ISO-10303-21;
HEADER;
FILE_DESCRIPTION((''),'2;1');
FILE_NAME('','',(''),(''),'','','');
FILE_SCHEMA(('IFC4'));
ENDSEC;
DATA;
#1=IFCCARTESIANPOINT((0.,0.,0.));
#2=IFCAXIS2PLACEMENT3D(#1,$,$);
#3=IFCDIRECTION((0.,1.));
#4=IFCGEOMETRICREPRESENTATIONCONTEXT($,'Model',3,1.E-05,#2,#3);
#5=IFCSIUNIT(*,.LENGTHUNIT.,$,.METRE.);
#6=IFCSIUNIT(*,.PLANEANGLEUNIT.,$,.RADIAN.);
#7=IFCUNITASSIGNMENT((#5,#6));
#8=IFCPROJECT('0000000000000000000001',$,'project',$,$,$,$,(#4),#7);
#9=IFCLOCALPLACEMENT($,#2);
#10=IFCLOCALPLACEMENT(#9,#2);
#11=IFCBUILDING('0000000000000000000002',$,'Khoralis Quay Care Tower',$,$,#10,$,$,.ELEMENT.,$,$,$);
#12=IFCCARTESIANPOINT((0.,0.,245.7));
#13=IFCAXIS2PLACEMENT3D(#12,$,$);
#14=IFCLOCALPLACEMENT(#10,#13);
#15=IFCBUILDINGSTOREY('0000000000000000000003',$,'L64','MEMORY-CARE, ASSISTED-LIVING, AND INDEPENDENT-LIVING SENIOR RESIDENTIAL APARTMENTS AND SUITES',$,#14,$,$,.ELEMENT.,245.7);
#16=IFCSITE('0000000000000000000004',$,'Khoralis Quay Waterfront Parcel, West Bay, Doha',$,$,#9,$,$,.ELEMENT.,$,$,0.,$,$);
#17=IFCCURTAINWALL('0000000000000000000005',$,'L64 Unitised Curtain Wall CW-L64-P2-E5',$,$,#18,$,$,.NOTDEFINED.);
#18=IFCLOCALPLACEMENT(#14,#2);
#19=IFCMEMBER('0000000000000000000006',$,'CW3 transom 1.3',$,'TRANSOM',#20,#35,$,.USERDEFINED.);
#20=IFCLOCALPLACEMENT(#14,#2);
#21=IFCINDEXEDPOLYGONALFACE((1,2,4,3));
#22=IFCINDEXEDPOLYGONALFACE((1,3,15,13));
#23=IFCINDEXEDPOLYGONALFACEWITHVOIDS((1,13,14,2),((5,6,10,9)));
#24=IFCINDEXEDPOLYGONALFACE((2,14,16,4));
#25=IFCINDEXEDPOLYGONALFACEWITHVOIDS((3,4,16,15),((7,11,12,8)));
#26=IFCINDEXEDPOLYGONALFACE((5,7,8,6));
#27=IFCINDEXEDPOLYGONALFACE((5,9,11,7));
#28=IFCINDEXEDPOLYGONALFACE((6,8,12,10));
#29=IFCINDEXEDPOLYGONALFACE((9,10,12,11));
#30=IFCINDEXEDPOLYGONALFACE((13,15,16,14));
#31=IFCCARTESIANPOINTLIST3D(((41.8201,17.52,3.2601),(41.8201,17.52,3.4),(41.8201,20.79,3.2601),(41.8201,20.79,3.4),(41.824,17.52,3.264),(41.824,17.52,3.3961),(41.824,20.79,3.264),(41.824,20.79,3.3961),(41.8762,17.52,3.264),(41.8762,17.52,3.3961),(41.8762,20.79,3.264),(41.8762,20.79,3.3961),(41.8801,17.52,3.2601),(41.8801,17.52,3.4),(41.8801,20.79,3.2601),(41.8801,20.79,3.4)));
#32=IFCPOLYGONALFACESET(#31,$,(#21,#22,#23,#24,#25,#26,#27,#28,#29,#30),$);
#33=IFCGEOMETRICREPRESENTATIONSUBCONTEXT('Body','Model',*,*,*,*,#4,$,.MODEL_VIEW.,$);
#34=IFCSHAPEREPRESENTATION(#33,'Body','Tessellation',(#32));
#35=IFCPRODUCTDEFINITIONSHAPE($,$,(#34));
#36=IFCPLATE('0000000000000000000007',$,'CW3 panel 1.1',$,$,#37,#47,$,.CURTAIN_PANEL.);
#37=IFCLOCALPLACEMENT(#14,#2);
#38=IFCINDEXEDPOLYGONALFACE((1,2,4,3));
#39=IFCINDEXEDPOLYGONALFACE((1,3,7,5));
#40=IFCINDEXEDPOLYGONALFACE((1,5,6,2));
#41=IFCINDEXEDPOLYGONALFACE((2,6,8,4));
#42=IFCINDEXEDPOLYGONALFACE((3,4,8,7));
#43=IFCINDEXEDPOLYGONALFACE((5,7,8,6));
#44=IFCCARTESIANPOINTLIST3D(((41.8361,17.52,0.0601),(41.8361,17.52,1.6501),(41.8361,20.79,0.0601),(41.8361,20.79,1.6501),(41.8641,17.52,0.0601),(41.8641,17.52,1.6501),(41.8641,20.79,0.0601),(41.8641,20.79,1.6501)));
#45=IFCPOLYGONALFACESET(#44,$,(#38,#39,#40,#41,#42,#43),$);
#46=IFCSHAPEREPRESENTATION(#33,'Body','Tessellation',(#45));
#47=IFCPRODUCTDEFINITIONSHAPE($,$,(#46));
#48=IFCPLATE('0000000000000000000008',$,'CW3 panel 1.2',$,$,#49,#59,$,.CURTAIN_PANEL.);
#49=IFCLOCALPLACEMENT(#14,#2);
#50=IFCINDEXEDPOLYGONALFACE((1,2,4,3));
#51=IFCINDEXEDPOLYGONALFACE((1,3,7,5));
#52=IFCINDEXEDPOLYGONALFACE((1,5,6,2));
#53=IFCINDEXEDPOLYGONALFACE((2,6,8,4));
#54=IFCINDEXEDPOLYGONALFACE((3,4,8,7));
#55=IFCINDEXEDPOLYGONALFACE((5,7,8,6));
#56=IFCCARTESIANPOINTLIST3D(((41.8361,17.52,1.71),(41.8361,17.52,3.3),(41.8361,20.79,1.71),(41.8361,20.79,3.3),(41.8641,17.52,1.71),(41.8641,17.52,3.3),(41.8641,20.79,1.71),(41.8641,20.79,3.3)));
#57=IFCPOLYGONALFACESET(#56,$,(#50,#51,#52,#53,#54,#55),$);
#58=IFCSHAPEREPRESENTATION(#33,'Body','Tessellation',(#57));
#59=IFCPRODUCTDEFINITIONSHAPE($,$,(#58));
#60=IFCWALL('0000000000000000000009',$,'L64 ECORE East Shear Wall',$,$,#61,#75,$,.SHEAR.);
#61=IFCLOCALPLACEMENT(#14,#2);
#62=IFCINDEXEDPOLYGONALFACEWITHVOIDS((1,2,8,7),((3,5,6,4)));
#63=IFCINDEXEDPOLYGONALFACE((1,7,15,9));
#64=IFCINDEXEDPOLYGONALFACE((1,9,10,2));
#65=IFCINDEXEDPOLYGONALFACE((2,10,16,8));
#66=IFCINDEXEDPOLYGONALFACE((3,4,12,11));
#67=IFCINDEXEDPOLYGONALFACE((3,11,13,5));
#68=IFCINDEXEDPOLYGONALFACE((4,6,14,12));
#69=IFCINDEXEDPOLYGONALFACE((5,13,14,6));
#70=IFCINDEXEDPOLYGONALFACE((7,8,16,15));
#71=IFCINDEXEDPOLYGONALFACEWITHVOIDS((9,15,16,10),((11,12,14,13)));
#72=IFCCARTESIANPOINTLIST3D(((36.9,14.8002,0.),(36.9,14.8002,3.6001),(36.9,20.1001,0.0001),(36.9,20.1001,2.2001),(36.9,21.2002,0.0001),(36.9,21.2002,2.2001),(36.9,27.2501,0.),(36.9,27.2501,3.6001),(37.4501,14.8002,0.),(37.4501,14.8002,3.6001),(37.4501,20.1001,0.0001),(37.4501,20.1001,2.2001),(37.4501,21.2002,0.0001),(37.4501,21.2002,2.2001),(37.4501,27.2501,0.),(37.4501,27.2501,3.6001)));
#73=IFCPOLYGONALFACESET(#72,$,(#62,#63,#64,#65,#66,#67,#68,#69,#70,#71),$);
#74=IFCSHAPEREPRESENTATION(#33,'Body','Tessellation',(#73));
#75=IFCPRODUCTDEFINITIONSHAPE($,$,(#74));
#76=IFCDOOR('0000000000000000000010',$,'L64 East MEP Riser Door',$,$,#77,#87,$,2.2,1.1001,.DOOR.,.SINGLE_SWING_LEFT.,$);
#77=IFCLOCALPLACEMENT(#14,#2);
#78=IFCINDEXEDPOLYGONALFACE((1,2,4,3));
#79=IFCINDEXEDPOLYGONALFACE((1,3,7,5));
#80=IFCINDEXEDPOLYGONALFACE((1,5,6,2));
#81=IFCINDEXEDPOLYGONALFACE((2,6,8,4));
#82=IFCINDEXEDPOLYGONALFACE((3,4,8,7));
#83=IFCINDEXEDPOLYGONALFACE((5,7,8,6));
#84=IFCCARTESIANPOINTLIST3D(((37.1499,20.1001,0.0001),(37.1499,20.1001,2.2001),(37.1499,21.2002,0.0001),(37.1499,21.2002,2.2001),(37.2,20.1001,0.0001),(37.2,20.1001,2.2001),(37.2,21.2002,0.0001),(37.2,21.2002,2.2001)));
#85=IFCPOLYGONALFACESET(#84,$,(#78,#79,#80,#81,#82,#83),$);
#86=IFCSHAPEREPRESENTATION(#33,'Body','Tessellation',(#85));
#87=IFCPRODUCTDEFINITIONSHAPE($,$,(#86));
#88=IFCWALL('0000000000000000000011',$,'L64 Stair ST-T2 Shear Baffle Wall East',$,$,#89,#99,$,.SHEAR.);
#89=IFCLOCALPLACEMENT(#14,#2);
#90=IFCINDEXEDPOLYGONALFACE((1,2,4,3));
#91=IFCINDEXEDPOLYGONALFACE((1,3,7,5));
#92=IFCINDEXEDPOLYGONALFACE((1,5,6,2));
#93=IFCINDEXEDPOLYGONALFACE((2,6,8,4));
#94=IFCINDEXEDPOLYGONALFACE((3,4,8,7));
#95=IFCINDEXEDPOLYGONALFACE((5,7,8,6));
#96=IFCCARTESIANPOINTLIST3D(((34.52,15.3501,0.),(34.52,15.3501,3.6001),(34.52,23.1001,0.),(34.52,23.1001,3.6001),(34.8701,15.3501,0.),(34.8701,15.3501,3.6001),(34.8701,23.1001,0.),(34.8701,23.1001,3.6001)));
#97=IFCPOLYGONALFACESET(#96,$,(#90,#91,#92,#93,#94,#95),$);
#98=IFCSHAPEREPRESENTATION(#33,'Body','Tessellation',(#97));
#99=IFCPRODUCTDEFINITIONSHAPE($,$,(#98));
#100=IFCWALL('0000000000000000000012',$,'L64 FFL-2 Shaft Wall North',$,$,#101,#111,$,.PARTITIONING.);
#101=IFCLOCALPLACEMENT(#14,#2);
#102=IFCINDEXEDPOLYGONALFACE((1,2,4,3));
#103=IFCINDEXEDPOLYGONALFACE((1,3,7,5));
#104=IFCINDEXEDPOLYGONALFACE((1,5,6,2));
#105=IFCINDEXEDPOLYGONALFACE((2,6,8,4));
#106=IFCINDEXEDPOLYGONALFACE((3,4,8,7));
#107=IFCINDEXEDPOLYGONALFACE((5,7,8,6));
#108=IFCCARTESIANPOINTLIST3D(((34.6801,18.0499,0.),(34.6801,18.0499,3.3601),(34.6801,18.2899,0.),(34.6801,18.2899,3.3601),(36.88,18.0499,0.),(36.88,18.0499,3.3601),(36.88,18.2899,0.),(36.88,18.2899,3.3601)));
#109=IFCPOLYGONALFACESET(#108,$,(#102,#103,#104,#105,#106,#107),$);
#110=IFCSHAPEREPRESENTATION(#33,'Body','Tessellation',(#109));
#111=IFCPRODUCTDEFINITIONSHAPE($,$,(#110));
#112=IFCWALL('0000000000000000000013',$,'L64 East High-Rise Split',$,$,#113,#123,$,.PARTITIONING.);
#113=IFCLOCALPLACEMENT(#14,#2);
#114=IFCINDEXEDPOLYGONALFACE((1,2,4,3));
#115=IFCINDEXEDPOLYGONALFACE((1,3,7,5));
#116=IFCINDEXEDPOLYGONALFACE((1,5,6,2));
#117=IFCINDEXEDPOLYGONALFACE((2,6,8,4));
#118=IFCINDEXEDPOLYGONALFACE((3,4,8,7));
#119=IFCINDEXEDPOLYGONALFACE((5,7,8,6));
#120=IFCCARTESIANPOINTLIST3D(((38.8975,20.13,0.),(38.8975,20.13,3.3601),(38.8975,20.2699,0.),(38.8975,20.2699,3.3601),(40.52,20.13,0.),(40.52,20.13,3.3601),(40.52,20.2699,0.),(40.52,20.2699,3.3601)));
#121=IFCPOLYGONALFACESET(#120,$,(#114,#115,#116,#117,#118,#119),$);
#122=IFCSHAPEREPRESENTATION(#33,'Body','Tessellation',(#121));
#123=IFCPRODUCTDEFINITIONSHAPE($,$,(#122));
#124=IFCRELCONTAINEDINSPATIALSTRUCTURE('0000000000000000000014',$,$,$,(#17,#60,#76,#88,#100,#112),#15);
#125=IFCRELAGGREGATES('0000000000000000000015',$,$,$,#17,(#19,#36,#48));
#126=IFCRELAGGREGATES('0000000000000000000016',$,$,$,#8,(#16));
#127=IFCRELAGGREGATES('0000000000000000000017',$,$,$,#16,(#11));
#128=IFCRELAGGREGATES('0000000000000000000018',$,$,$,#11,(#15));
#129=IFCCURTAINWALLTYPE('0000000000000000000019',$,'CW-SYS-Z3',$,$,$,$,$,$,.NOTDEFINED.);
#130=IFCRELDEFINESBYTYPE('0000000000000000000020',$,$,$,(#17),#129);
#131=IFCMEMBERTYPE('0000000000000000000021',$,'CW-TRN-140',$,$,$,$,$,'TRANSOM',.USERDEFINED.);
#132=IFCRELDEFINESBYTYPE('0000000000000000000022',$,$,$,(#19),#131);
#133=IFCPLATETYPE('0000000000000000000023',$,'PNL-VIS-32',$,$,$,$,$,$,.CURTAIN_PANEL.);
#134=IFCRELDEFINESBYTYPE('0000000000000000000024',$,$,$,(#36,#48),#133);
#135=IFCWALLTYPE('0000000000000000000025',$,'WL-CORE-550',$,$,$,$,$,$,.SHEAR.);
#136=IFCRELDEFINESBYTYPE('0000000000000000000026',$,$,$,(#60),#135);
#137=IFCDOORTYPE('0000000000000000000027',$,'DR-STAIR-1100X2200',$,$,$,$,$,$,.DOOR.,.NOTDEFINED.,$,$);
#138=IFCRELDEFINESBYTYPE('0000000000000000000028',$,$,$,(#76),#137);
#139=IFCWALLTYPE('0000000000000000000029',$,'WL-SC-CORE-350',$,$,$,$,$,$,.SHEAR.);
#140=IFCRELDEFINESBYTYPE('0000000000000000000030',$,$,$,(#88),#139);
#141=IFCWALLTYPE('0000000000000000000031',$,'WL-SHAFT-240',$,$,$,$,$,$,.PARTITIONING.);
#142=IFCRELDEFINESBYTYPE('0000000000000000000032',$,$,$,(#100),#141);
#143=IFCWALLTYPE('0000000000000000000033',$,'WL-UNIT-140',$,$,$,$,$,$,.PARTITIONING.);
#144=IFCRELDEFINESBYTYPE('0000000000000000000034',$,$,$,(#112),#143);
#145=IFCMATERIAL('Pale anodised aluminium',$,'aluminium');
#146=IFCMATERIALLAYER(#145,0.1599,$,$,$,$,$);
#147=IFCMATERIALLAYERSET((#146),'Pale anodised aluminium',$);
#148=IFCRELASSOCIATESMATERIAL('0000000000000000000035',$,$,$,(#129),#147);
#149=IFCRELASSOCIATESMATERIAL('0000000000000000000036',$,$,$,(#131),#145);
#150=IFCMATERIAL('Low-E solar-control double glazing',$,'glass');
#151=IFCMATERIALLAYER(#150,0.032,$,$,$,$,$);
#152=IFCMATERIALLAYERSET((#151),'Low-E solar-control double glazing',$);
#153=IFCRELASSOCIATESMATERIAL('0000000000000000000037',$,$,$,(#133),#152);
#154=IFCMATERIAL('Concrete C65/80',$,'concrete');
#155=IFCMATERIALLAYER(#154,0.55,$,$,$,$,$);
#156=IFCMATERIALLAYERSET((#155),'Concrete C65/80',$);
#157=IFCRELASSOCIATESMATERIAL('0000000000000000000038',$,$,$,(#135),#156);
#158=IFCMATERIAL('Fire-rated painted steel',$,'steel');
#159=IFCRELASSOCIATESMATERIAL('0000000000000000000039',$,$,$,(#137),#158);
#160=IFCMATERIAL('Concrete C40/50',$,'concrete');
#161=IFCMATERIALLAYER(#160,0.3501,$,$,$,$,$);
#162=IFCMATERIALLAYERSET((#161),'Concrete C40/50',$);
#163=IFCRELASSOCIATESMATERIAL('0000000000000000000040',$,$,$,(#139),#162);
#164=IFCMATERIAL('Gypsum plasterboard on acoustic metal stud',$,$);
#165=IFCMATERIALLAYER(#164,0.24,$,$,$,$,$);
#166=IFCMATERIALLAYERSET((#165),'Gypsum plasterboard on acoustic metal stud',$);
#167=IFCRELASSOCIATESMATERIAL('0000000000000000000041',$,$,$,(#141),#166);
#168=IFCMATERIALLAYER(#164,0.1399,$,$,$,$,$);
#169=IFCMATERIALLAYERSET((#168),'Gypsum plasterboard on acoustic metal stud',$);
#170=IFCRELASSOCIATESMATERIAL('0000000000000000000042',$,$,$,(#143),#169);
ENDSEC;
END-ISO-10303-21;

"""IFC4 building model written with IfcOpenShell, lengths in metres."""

from ifc_helpers import new_model, si_unit, direction, frame, frame_2d, origin, origin_2d, place, context, subcontext, project, spatial, rectangle, hollow_rectangle, extrude, source, transform, mapped, material, layer, layer_set, material_profile, profile_set, type_object, element, fill, aggregate, save


model = new_model("IFC4")

# Units and contexts
model_context = context("Model", 3, precision=1e-05, world=origin(), true_north=direction((0.0, 1.0)))
body_context = subcontext(model_context, "Body", "Model", "MODEL_VIEW")
ifc_project = project(units=[si_unit("LENGTHUNIT", "METRE"), si_unit("PLANEANGLEUNIT", "RADIAN")], contexts=[model_context])

# Site, building, storey
site_placement = place(None, origin())
site = spatial("IfcSite", under=ifc_project, at=site_placement, Name="Khoralis Quay Waterfront Parcel, West Bay, Doha", CompositionType="ELEMENT", RefElevation=0.0)
building_placement = place(site_placement, origin())
building = spatial("IfcBuilding", under=site, at=building_placement, Name="Khoralis Quay Care Tower", CompositionType="ELEMENT")
storey_placement = place(building_placement, frame((0.0, 0.0, 245.7)))
storey = spatial("IfcBuildingStorey", under=building, at=storey_placement, Name="L64", Description="MEMORY-CARE, ASSISTED-LIVING, AND INDEPENDENT-LIVING SENIOR RESIDENTIAL APARTMENTS AND SUITES", CompositionType="ELEMENT", Elevation=245.7)

# Curtain wall, member, plates
ifc_material_1 = material(Name="Pale anodised aluminium", Category="aluminium")
ifc_layer_1 = layer(ifc_material_1, 0.1599)
ifc_layer_set_1 = layer_set([ifc_layer_1], Name="Pale anodised aluminium")
curtain_wall_type = type_object("IfcCurtainWallType", Name="CW-SYS-Z3", PredefinedType="NOTDEFINED", material=ifc_layer_set_1)
curtain_wall_placement = place(storey_placement, origin())
curtain_wall = element("IfcCurtainWall", 1, at=curtain_wall_placement, inside=storey, type_object=curtain_wall_type, Name="L64 Unitised Curtain Wall CW-L64-P2-E5", PredefinedType="NOTDEFINED")
ifc_material_profile_1 = material_profile(ifc_material_1, hollow_rectangle(XDim=0.0601, YDim=0.1399, WallThickness=0.0039, at=origin_2d()), Name="Pale anodised aluminium")
ifc_profile_set_1 = profile_set([ifc_material_profile_1], Name="Pale anodised aluminium")
member_type_1 = type_object("IfcMemberType", Name="CW-TRN-140", ElementType="TRANSOM", PredefinedType="USERDEFINED", material=ifc_profile_set_1)
shared_shape_1 = source(origin(), body_context, "Body", "SweptSolid", [
    extrude(hollow_rectangle(XDim=0.0601, YDim=0.1399, WallThickness=0.0039, at=origin_2d()), origin(), (0.0, 0.0, 1.0), 3.27),
])
member_1_placement = place(storey_placement, frame((41.8501, 17.52, 3.3301), z_axis=(0.0, 1.0, 0.0), x_axis=(-1.0, 0.0, 0.0)))
member_1 = element("IfcMember", 2, at=member_1_placement, type_object=member_type_1, Name="CW3 transom 1.3", ObjectType="TRANSOM", PredefinedType="USERDEFINED", context=body_context, shape_type="MappedRepresentation", body=[
    mapped(shared_shape_1, transform((0.0, 0.0, 0.0), scale=1.0)),
])
ifc_material_2 = material(Name="Low-E solar-control double glazing", Category="glass")
ifc_layer_2 = layer(ifc_material_2, 0.032)
ifc_layer_set_2 = layer_set([ifc_layer_2], Name="Low-E solar-control double glazing")
plate_type = type_object("IfcPlateType", Name="PNL-VIS-32", PredefinedType="CURTAIN_PANEL", material=ifc_layer_set_2)
shared_shape_2 = source(origin(), body_context, "Body", "SweptSolid", [
    extrude(rectangle(XDim=3.27, YDim=0.0281, at=origin_2d()), origin(), (0.0, 0.0, 1.0), 1.5901),
])
plate_1_placement = place(storey_placement, frame((41.8501, 19.155, 0.0601), z_axis=(0.0, 0.0, 1.0), x_axis=(0.0, 1.0, 0.0)))
plate_1 = element("IfcPlate", 3, at=plate_1_placement, type_object=plate_type, Name="CW3 panel 1.1", PredefinedType="CURTAIN_PANEL", context=body_context, shape_type="MappedRepresentation", body=[
    mapped(shared_shape_2, transform((0.0, 0.0, 0.0), scale=1.0)),
])
plate_2_placement = place(storey_placement, frame((41.8501, 19.155, 1.71), z_axis=(0.0, 0.0, 1.0), x_axis=(0.0, 1.0, 0.0)))
plate_2 = element("IfcPlate", 4, at=plate_2_placement, type_object=plate_type, Name="CW3 panel 1.2", PredefinedType="CURTAIN_PANEL", context=body_context, shape_type="MappedRepresentation", body=[
    mapped(shared_shape_2, transform((0.0, 0.0, 0.0), scale=1.0)),
])
aggregate(curtain_wall, [member_1, plate_1, plate_2])

# Wall, opening, door
ifc_material_3 = material(Name="Concrete C65/80", Category="concrete")
ifc_layer_3 = layer(ifc_material_3, 0.55)
ifc_layer_set_3 = layer_set([ifc_layer_3], Name="Concrete C65/80")
wall_type_1 = type_object("IfcWallType", Name="WL-CORE-550", PredefinedType="SHEAR", material=ifc_layer_set_3)
wall_1_placement = place(storey_placement, frame((37.175, 14.8, 0.0), z_axis=(0.0, 0.0, 1.0), x_axis=(0.0, 1.0, 0.0)))
wall_1 = element("IfcWall", 5, at=wall_1_placement, inside=storey, type_object=wall_type_1, Name="L64 ECORE East Shear Wall", PredefinedType="SHEAR", context=body_context, shape_type="SweptSolid", body=[
    extrude(rectangle(XDim=12.45, YDim=0.55, at=frame_2d((6.2251, 0.0))), origin(), (0.0, 0.0, 1.0), 3.6001),
])
opening_placement = place(wall_1_placement, frame((5.3, 0.0, 0.0)))
opening = element("IfcOpeningElement", 6, at=opening_placement, cuts=wall_1, PredefinedType="OPENING", context=body_context, shape_type="SweptSolid", body=[
    extrude(rectangle(XDim=1.1001, YDim=2.2, at=frame_2d((0.55, 1.1001))), frame((0.0, 0.2852, 0.0), z_axis=(0.0, -1.0, 0.0), x_axis=(1.0, 0.0, 0.0)), (0.0, 0.0, 1.0), 0.5701),
])
ifc_material_4 = material(Name="Fire-rated painted steel", Category="steel")
door_type = type_object("IfcDoorType", Name="DR-STAIR-1100X2200", OperationType="NOTDEFINED", PredefinedType="DOOR", material=ifc_material_4)
shared_shape_3 = source(origin(), body_context, "Body", "SweptSolid", [
    extrude(rectangle(XDim=1.1001, YDim=2.2, at=frame_2d((0.55, 1.1001))), frame((0.0, 0.0249, 0.0), z_axis=(0.0, -1.0, 0.0), x_axis=(1.0, 0.0, 0.0)), (0.0, 0.0, 1.0), 0.05),
])
door_placement = place(opening_placement, frame((1.1001, 0.0, 0.0), z_axis=(0.0, 0.0, 1.0), x_axis=(-1.0, 0.0, 0.0)))
door = element("IfcDoor", 7, at=door_placement, inside=storey, type_object=door_type, Name="L64 East MEP Riser Door", OperationType="SINGLE_SWING_LEFT", OverallHeight=2.2, OverallWidth=1.1001, PredefinedType="DOOR", context=body_context, shape_type="MappedRepresentation", body=[
    mapped(shared_shape_3, transform((0.0, 0.0, 0.0), scale=1.0)),
])
fill(opening, door)

# Walls
ifc_material_5 = material(Name="Concrete C40/50", Category="concrete")
ifc_layer_4 = layer(ifc_material_5, 0.3501)
ifc_layer_set_4 = layer_set([ifc_layer_4], Name="Concrete C40/50")
wall_type_2 = type_object("IfcWallType", Name="WL-SC-CORE-350", PredefinedType="SHEAR", material=ifc_layer_set_4)
wall_2_placement = place(storey_placement, frame((34.6951, 15.3501, 0.0), z_axis=(0.0, 0.0, 1.0), x_axis=(0.0, 1.0, 0.0)))
element("IfcWall", 8, at=wall_2_placement, inside=storey, type_object=wall_type_2, Name="L64 Stair ST-T2 Shear Baffle Wall East", PredefinedType="SHEAR", context=body_context, shape_type="SweptSolid", body=[
    extrude(rectangle(XDim=7.75, YDim=0.3501, at=frame_2d((3.875, 0.0))), origin(), (0.0, 0.0, 1.0), 3.6001),
])
ifc_material_6 = material(Name="Gypsum plasterboard on acoustic metal stud")
ifc_layer_5 = layer(ifc_material_6, 0.24)
ifc_layer_set_5 = layer_set([ifc_layer_5], Name="Gypsum plasterboard on acoustic metal stud")
wall_type_3 = type_object("IfcWallType", Name="WL-SHAFT-240", PredefinedType="PARTITIONING", material=ifc_layer_set_5)
wall_3_placement = place(storey_placement, frame((34.6799, 18.1699, 0.0), z_axis=(0.0, 0.0, 1.0), x_axis=(1.0, 0.0, 0.0)))
element("IfcWall", 9, at=wall_3_placement, inside=storey, type_object=wall_type_3, Name="L64 FFL-2 Shaft Wall North", PredefinedType="PARTITIONING", context=body_context, shape_type="SweptSolid", body=[
    extrude(rectangle(XDim=2.2, YDim=0.24, at=frame_2d((1.1001, 0.0))), origin(), (0.0, 0.0, 1.0), 3.3601),
])
ifc_layer_6 = layer(ifc_material_6, 0.1399)
ifc_layer_set_6 = layer_set([ifc_layer_6], Name="Gypsum plasterboard on acoustic metal stud")
wall_type_4 = type_object("IfcWallType", Name="WL-UNIT-140", PredefinedType="PARTITIONING", material=ifc_layer_set_6)
wall_4_placement = place(storey_placement, frame((38.8975, 20.2, 0.0), z_axis=(0.0, 0.0, 1.0), x_axis=(1.0, 0.0, 0.0)))
element("IfcWall", 10, at=wall_4_placement, inside=storey, type_object=wall_type_4, Name="L64 East High-Rise Split", PredefinedType="PARTITIONING", context=body_context, shape_type="SweptSolid", body=[
    extrude(rectangle(XDim=1.6226, YDim=0.1399, at=frame_2d((0.8113, 0.0))), origin(), (0.0, 0.0, 1.0), 3.3601),
])

save(model, "model.ifc")
